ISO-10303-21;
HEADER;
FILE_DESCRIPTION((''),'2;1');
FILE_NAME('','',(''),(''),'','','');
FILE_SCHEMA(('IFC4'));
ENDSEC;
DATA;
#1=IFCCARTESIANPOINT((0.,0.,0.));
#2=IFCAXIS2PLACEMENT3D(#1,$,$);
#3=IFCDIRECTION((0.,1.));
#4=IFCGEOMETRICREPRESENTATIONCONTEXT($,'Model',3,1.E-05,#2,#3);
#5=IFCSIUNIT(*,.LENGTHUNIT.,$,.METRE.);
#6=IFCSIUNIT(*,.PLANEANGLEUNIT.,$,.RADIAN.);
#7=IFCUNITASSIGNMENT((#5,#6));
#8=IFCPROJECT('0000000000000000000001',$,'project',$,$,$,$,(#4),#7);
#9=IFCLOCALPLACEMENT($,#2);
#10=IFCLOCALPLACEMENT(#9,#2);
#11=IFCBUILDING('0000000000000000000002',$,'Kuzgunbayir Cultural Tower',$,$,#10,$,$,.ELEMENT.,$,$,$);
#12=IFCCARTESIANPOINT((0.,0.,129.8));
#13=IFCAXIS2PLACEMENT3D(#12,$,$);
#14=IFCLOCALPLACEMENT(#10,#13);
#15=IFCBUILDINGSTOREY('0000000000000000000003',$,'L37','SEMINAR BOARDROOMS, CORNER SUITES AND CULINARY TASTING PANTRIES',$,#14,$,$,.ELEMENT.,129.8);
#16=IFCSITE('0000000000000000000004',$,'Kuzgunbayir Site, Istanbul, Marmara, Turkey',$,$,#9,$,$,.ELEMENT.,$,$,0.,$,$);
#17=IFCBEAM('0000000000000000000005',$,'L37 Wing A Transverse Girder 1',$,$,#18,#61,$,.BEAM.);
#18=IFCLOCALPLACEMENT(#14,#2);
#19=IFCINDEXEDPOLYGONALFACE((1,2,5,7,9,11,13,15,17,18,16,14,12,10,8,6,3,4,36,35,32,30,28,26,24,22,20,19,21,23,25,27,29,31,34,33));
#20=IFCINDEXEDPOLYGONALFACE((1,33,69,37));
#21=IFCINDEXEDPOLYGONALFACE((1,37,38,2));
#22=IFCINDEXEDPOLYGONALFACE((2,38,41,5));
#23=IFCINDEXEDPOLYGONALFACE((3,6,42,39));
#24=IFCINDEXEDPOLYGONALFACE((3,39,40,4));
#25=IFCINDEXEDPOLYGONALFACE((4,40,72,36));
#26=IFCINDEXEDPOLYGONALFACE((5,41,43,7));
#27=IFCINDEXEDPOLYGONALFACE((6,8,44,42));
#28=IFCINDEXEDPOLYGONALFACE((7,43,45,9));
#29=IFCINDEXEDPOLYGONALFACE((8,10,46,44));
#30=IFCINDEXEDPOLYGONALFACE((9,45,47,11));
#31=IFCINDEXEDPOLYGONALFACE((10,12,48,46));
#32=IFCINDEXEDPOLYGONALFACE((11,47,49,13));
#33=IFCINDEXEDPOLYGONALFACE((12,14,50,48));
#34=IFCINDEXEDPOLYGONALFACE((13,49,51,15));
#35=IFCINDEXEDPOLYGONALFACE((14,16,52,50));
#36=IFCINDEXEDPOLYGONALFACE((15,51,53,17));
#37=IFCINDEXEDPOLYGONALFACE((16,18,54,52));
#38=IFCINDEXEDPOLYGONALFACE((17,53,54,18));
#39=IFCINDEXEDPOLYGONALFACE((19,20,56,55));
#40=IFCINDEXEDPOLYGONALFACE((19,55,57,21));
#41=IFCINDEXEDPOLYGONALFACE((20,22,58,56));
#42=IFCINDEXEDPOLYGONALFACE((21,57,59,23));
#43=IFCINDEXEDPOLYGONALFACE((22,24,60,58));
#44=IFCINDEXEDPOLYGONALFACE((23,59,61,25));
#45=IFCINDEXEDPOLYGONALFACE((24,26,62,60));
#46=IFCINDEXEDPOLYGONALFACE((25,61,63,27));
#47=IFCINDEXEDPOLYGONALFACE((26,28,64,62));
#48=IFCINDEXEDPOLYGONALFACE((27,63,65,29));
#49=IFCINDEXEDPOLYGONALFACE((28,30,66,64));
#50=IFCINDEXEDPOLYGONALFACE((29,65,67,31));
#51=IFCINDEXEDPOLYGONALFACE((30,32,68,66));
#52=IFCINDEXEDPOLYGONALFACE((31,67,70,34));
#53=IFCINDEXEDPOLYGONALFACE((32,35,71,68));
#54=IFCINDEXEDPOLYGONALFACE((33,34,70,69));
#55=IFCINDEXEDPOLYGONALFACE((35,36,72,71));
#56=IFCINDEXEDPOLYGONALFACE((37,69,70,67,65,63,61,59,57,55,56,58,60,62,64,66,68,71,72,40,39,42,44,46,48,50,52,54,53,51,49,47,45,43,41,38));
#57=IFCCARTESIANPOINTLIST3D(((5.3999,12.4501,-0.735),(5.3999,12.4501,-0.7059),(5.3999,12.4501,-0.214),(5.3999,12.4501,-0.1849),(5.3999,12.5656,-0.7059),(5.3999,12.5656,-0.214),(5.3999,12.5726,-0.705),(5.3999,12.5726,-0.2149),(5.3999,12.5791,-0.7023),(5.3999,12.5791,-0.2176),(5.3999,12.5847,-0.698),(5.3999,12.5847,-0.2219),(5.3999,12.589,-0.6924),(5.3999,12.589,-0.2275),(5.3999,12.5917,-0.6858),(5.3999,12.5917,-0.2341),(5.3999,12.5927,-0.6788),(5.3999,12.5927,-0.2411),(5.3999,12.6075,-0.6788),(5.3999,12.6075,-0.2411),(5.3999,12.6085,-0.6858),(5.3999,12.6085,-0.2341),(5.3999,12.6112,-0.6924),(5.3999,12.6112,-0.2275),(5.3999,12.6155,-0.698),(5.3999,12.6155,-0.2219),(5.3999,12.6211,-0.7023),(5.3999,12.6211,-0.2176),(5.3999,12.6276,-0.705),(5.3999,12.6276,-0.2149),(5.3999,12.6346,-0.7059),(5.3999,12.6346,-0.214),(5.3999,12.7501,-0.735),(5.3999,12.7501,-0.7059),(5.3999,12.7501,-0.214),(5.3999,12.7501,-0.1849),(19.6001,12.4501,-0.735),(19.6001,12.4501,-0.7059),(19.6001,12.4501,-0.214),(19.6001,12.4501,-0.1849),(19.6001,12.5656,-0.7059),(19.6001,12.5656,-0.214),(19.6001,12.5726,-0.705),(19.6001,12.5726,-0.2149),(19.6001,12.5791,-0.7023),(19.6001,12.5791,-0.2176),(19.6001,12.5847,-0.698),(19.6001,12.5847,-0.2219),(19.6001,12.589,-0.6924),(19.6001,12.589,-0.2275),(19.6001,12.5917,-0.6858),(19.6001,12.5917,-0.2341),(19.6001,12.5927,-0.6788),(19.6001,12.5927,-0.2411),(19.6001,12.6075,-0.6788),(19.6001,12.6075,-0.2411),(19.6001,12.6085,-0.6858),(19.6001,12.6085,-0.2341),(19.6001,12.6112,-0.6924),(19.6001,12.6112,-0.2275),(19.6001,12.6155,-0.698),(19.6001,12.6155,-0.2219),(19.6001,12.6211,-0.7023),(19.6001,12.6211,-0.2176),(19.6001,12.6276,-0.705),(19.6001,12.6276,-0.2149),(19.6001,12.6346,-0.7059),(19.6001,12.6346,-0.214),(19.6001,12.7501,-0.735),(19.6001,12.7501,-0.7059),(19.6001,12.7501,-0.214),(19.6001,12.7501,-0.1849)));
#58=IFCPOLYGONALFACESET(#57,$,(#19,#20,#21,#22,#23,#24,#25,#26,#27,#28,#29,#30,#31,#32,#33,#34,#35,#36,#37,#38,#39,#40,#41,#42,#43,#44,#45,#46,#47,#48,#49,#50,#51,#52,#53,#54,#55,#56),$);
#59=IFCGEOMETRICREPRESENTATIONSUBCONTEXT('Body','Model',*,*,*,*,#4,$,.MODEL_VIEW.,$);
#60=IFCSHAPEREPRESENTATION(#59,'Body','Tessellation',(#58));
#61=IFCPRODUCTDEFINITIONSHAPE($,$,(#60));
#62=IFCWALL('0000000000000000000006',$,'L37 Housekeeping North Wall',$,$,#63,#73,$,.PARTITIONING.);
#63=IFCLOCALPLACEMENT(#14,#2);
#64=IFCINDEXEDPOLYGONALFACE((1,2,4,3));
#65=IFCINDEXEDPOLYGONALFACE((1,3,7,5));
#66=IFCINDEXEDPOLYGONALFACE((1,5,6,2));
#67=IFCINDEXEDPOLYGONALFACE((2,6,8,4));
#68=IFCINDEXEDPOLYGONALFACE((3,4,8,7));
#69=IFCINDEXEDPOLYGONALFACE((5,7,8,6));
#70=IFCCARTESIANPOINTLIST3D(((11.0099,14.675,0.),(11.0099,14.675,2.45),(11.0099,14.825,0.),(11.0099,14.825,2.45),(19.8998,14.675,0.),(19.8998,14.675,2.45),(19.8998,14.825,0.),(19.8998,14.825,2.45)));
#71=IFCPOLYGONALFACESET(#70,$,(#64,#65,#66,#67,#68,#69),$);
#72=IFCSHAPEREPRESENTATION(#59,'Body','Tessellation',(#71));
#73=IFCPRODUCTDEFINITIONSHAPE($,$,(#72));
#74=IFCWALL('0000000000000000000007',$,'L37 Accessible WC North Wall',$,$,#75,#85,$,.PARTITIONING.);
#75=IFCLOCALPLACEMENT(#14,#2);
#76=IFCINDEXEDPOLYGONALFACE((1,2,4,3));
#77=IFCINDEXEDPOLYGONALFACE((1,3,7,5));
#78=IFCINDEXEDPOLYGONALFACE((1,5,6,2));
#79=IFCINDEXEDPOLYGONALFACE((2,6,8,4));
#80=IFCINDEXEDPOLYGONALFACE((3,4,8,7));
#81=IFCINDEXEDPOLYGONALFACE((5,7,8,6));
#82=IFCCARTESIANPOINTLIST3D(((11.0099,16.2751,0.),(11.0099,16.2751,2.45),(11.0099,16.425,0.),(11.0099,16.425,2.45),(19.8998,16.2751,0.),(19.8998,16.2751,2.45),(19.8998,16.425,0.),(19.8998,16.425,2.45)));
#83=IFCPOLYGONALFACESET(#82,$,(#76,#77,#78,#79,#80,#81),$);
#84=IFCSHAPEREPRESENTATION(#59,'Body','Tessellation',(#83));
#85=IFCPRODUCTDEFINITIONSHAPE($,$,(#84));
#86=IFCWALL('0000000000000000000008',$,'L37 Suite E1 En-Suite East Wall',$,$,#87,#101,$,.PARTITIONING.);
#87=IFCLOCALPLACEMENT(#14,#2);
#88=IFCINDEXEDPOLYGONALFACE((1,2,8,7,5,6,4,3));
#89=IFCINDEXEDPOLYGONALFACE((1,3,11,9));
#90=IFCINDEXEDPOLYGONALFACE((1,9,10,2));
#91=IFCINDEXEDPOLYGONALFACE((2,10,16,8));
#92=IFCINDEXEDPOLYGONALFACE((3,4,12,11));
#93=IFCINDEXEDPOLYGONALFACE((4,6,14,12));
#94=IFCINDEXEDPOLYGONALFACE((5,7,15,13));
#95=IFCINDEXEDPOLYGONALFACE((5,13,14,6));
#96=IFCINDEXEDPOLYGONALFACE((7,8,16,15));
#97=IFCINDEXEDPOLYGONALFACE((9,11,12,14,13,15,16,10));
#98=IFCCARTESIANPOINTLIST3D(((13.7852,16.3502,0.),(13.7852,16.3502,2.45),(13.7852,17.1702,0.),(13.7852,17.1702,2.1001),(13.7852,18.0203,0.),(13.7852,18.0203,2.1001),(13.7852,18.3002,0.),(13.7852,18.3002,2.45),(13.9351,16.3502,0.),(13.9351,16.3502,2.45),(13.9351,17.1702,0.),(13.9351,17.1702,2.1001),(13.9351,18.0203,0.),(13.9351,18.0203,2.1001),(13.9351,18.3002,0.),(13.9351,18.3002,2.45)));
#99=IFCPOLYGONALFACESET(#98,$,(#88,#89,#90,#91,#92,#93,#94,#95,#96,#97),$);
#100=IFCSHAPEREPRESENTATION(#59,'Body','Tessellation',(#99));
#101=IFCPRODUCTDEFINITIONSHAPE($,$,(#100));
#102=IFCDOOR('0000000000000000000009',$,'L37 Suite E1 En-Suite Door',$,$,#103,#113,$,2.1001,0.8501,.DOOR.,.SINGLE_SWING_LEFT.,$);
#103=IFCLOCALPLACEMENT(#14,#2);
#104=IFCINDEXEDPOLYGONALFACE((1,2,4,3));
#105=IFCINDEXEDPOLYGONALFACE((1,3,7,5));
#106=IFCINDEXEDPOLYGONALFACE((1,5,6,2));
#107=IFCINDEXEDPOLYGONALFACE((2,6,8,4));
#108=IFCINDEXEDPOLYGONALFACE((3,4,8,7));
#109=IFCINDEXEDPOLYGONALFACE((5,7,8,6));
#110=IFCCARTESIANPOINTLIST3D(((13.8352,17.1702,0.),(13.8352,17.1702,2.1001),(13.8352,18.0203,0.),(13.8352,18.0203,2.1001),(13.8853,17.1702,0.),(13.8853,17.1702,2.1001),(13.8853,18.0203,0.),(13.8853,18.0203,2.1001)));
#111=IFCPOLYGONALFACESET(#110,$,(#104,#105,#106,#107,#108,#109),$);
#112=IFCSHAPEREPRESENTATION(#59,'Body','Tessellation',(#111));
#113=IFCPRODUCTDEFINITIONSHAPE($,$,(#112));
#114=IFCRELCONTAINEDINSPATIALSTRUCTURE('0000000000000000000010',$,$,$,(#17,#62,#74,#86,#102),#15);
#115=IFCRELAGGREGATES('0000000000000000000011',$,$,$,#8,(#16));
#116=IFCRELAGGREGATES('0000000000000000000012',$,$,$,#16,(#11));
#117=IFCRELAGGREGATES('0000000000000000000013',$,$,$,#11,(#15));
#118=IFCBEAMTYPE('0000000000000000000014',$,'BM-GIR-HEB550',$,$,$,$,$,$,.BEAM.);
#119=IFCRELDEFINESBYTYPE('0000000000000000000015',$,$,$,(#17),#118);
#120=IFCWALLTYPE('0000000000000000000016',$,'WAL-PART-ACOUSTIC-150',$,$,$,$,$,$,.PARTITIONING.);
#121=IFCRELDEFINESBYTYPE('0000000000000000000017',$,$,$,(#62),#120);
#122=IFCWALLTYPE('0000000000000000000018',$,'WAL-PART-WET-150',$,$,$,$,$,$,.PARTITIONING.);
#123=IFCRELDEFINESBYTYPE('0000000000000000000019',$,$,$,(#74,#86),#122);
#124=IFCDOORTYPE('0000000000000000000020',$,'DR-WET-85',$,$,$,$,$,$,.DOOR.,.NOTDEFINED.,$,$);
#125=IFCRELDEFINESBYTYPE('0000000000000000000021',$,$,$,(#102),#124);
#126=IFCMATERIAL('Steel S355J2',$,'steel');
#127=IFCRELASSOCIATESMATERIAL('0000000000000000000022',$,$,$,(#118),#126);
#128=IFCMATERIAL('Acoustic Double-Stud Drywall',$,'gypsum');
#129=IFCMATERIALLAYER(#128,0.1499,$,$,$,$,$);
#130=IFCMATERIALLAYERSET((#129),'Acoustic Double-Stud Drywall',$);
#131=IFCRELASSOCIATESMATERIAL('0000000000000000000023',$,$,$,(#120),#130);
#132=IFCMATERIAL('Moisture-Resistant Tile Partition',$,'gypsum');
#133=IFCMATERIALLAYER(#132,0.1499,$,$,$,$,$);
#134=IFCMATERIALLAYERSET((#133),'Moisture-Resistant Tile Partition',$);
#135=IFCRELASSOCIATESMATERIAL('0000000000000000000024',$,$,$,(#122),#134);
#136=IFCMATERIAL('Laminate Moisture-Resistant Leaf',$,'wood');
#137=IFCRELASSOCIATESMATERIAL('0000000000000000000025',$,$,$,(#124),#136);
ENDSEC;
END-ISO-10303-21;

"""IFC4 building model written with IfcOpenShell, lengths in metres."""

from ifc_helpers import new_model, si_unit, direction, frame, frame_2d, origin, origin_2d, place, context, subcontext, project, spatial, rectangle, i_section, extrude, material, layer, layer_set, material_profile, profile_set, type_object, element, fill, save


model = new_model("IFC4")

# Units and contexts
model_context = context("Model", 3, precision=1e-05, world=origin(), true_north=direction((0.0, 1.0)))
body_context = subcontext(model_context, "Body", "Model", "MODEL_VIEW")
ifc_project = project(units=[si_unit("LENGTHUNIT", "METRE"), si_unit("PLANEANGLEUNIT", "RADIAN")], contexts=[model_context])

# Site, building, storey
site_placement = place(None, origin())
site = spatial("IfcSite", under=ifc_project, at=site_placement, Name="Kuzgunbayir Site, Istanbul, Marmara, Turkey", CompositionType="ELEMENT", RefElevation=0.0)
building_placement = place(site_placement, origin())
building = spatial("IfcBuilding", under=site, at=building_placement, Name="Kuzgunbayir Cultural Tower", CompositionType="ELEMENT")
storey_placement = place(building_placement, frame((0.0, 0.0, 129.8)))
storey = spatial("IfcBuildingStorey", under=building, at=storey_placement, Name="L37", Description="SEMINAR BOARDROOMS, CORNER SUITES AND CULINARY TASTING PANTRIES", CompositionType="ELEMENT", Elevation=129.8)

# Beam
ifc_material_1 = material(Name="Steel S355J2", Category="steel")
ifc_material_profile_1 = material_profile(ifc_material_1, i_section(OverallWidth=0.3, OverallDepth=0.55, WebThickness=0.0149, FlangeThickness=0.0291, FilletRadius=0.0271, at=origin_2d()), Name="HEB 550")
ifc_profile_set_1 = profile_set([ifc_material_profile_1], Name="Steel S355J2")
beam_type_1 = type_object("IfcBeamType", Name="BM-GIR-HEB550", PredefinedType="BEAM", material=ifc_profile_set_1)
beam_1_placement = place(storey_placement, frame((5.3999, 12.6001, -0.46), z_axis=(1.0, 0.0, 0.0), x_axis=(0.0, 1.0, 0.0)))
element("IfcBeam", 1, at=beam_1_placement, inside=storey, type_object=beam_type_1, Name="L37 Wing A Transverse Girder 1", PredefinedType="BEAM", context=body_context, shape_type="SweptSolid", body=[
    extrude(i_section(OverallWidth=0.3, OverallDepth=0.55, WebThickness=0.0149, FlangeThickness=0.0291, FilletRadius=0.0271, at=origin_2d()), origin(), (0.0, 0.0, 1.0), 14.2002),
])

# Wall
ifc_material_2 = material(Name="Acoustic Double-Stud Drywall", Category="gypsum")
ifc_layer_1 = layer(ifc_material_2, 0.1499)
ifc_layer_set_1 = layer_set([ifc_layer_1], Name="Acoustic Double-Stud Drywall")
wall_type_1 = type_object("IfcWallType", Name="WAL-PART-ACOUSTIC-150", PredefinedType="PARTITIONING", material=ifc_layer_set_1)
wall_1_placement = place(storey_placement, frame((11.01, 14.75, 0.0), z_axis=(0.0, 0.0, 1.0), x_axis=(1.0, 0.0, 0.0)))
element("IfcWall", 2, at=wall_1_placement, inside=storey, type_object=wall_type_1, Name="L37 Housekeeping North Wall", PredefinedType="PARTITIONING", context=body_context, shape_type="SweptSolid", body=[
    extrude(rectangle(XDim=8.8899, YDim=0.1499, at=frame_2d((4.4448, 0.0))), origin(), (0.0, 0.0, 1.0), 2.45),
])

# Shared definitions
ifc_material_3 = material(Name="Laminate Moisture-Resistant Leaf", Category="wood")

# Wall
ifc_material_4 = material(Name="Moisture-Resistant Tile Partition", Category="gypsum")
ifc_layer_2 = layer(ifc_material_4, 0.1499)
ifc_layer_set_2 = layer_set([ifc_layer_2], Name="Moisture-Resistant Tile Partition")
wall_type_2 = type_object("IfcWallType", Name="WAL-PART-WET-150", PredefinedType="PARTITIONING", material=ifc_layer_set_2)
wall_2_placement = place(storey_placement, frame((11.01, 16.3501, 0.0), z_axis=(0.0, 0.0, 1.0), x_axis=(1.0, 0.0, 0.0)))
element("IfcWall", 3, at=wall_2_placement, inside=storey, type_object=wall_type_2, Name="L37 Accessible WC North Wall", PredefinedType="PARTITIONING", context=body_context, shape_type="SweptSolid", body=[
    extrude(rectangle(XDim=8.8899, YDim=0.1499, at=frame_2d((4.4448, 0.0))), origin(), (0.0, 0.0, 1.0), 2.45),
])

# Wall, opening, door
wall_3_placement = place(storey_placement, frame((13.8601, 16.3501, 0.0), z_axis=(0.0, 0.0, 1.0), x_axis=(0.0, 1.0, 0.0)))
wall_3 = element("IfcWall", 4, at=wall_3_placement, inside=storey, type_object=wall_type_2, Name="L37 Suite E1 En-Suite East Wall", PredefinedType="PARTITIONING", context=body_context, shape_type="SweptSolid", body=[
    extrude(rectangle(XDim=1.95, YDim=0.1499, at=frame_2d((0.9751, 0.0))), origin(), (0.0, 0.0, 1.0), 2.45),
])
opening_1_placement = place(wall_3_placement, frame((0.8201, 0.0, 0.0)))
opening_1 = element("IfcOpeningElement", 5, at=opening_1_placement, cuts=wall_3, PredefinedType="OPENING", context=body_context, shape_type="SweptSolid", body=[
    extrude(rectangle(XDim=0.8501, YDim=2.1001, at=frame_2d((0.425, 1.05))), frame((0.0, 0.085, 0.0), z_axis=(0.0, -1.0, 0.0), x_axis=(1.0, 0.0, 0.0)), (0.0, 0.0, 1.0), 0.1699),
])
door_type_1 = type_object("IfcDoorType", Name="DR-WET-85", OperationType="NOTDEFINED", PredefinedType="DOOR", material=ifc_material_3)
door_1_placement = place(opening_1_placement, origin())
door_1 = element("IfcDoor", 6, at=door_1_placement, inside=storey, type_object=door_type_1, Name="L37 Suite E1 En-Suite Door", OperationType="SINGLE_SWING_LEFT", OverallHeight=2.1001, OverallWidth=0.8501, PredefinedType="DOOR", context=body_context, shape_type="SweptSolid", body=[
    extrude(rectangle(XDim=0.8501, YDim=2.1001, at=frame_2d((0.425, 1.05))), frame((0.0, 0.0249, 0.0), z_axis=(0.0, -1.0, 0.0), x_axis=(1.0, 0.0, 0.0)), (0.0, 0.0, 1.0), 0.05),
])
fill(opening_1, door_1)

save(model, "model.ifc")
